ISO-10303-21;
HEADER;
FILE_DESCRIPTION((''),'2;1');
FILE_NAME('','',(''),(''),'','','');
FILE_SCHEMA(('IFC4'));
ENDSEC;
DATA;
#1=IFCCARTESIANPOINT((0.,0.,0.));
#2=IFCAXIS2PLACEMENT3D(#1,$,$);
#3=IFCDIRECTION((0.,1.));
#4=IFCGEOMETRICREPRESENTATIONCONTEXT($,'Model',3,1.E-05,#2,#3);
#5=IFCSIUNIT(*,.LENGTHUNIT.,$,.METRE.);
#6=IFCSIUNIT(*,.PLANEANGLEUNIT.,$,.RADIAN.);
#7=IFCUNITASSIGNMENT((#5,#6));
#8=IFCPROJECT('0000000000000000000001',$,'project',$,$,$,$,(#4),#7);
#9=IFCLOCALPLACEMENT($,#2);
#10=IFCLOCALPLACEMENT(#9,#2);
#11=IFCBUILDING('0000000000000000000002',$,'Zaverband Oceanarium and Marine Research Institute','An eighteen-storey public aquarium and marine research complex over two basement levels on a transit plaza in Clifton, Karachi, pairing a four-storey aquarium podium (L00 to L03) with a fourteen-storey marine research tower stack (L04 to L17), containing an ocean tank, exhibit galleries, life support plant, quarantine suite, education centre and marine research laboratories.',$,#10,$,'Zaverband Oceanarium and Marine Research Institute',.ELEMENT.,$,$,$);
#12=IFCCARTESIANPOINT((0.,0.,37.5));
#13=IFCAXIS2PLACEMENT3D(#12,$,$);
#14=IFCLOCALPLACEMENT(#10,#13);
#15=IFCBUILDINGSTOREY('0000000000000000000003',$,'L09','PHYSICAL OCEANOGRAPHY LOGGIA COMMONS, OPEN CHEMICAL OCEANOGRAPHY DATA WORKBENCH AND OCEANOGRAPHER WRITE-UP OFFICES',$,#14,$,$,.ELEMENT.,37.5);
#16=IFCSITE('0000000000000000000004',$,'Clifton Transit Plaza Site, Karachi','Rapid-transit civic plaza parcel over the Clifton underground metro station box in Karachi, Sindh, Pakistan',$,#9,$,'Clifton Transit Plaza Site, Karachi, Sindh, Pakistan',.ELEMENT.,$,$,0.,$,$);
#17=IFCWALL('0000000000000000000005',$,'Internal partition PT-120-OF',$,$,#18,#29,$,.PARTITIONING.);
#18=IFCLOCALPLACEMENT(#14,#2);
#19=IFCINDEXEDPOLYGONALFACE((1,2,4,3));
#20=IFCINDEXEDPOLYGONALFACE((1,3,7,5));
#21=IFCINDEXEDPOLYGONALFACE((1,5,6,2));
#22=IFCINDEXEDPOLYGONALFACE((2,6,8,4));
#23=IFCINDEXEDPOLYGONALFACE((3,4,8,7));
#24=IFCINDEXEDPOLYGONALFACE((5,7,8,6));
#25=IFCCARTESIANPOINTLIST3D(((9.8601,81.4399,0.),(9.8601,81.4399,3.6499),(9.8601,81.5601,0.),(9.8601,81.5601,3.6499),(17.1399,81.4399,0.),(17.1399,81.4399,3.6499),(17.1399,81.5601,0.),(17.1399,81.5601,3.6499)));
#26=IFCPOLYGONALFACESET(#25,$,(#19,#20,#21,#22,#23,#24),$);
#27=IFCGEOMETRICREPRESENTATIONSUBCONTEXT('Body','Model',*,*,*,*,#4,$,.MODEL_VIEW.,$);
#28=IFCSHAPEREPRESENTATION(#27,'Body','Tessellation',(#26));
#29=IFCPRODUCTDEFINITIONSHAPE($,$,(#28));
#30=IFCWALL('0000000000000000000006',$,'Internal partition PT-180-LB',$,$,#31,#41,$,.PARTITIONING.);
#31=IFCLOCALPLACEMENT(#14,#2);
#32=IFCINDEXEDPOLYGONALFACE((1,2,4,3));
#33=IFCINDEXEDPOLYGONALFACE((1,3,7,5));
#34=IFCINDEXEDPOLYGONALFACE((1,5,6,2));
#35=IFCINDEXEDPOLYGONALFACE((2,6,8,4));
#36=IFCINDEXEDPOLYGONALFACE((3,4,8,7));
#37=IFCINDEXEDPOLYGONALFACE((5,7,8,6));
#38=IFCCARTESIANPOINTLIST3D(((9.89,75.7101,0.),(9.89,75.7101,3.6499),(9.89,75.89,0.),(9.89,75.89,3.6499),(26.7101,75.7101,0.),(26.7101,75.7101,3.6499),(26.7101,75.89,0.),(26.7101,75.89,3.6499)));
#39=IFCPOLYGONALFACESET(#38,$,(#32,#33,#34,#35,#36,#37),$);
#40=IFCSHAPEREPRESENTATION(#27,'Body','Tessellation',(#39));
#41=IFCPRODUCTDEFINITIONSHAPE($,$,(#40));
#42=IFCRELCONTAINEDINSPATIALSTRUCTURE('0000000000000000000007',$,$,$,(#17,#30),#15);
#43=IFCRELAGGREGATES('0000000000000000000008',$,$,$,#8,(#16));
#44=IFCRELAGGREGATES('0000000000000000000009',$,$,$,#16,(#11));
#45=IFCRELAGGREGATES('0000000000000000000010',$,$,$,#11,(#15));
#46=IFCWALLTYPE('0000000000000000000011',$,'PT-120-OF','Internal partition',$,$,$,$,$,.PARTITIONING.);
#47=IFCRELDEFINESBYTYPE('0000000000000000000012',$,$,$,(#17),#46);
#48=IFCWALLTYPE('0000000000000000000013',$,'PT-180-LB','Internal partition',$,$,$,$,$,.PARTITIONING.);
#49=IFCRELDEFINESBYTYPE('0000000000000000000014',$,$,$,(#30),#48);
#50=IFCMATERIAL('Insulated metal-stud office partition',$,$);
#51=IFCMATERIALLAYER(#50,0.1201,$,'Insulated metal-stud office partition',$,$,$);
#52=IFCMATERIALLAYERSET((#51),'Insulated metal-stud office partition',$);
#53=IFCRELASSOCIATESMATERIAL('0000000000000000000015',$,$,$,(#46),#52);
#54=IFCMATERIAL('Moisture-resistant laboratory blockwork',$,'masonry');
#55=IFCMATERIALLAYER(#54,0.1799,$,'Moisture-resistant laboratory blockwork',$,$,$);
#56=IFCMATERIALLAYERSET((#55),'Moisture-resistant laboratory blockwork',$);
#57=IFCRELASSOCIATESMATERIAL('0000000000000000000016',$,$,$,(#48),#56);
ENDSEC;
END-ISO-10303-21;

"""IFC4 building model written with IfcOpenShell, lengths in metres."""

from ifc_helpers import new_model, si_unit, direction, frame, frame_2d, origin, place, context, subcontext, project, spatial, rectangle, extrude, material, layer, layer_set, type_object, element, save


model = new_model("IFC4")

# Units and contexts
model_context = context("Model", 3, precision=1e-05, world=origin(), true_north=direction((0.0, 1.0)))
body_context = subcontext(model_context, "Body", "Model", "MODEL_VIEW")
ifc_project = project(units=[si_unit("LENGTHUNIT", "METRE"), si_unit("PLANEANGLEUNIT", "RADIAN")], contexts=[model_context])

# Site, building, storey
site_placement = place(None, origin())
site = spatial("IfcSite", under=ifc_project, at=site_placement, Name="Clifton Transit Plaza Site, Karachi", Description="Rapid-transit civic plaza parcel over the Clifton underground metro station box in Karachi, Sindh, Pakistan", LongName="Clifton Transit Plaza Site, Karachi, Sindh, Pakistan", CompositionType="ELEMENT", RefElevation=0.0)
building_placement = place(site_placement, origin())
building = spatial("IfcBuilding", under=site, at=building_placement, Name="Zaverband Oceanarium and Marine Research Institute", Description="An eighteen-storey public aquarium and marine research complex over two basement levels on a transit plaza in Clifton, Karachi, pairing a four-storey aquarium podium (L00 to L03) with a fourteen-storey marine research tower stack (L04 to L17), containing an ocean tank, exhibit galleries, life support plant, quarantine suite, education centre and marine research laboratories.", LongName="Zaverband Oceanarium and Marine Research Institute", CompositionType="ELEMENT")
storey_placement = place(building_placement, frame((0.0, 0.0, 37.5)))
storey = spatial("IfcBuildingStorey", under=building, at=storey_placement, Name="L09", Description="PHYSICAL OCEANOGRAPHY LOGGIA COMMONS, OPEN CHEMICAL OCEANOGRAPHY DATA WORKBENCH AND OCEANOGRAPHER WRITE-UP OFFICES", CompositionType="ELEMENT", Elevation=37.5)

# Walls
ifc_material_1 = material(Name="Insulated metal-stud office partition")
ifc_layer_1 = layer(ifc_material_1, 0.1201, Name="Insulated metal-stud office partition")
ifc_layer_set_1 = layer_set([ifc_layer_1], Name="Insulated metal-stud office partition")
wall_type_1 = type_object("IfcWallType", Name="PT-120-OF", Description="Internal partition", PredefinedType="PARTITIONING", material=ifc_layer_set_1)
wall_1_placement = place(storey_placement, frame((9.8601, 81.5, 0.0), z_axis=(0.0, 0.0, 1.0), x_axis=(1.0, 0.0, 0.0)))
element("IfcWall", 1, at=wall_1_placement, inside=storey, type_object=wall_type_1, Name="Internal partition PT-120-OF", PredefinedType="PARTITIONING", context=body_context, shape_type="SweptSolid", body=[
    extrude(rectangle(XDim=7.2798, YDim=0.1201, at=frame_2d((3.6399, 0.0))), origin(), (0.0, 0.0, 1.0), 3.6499),
])
ifc_material_2 = material(Name="Moisture-resistant laboratory blockwork", Category="masonry")
ifc_layer_2 = layer(ifc_material_2, 0.1799, Name="Moisture-resistant laboratory blockwork")
ifc_layer_set_2 = layer_set([ifc_layer_2], Name="Moisture-resistant laboratory blockwork")
wall_type_2 = type_object("IfcWallType", Name="PT-180-LB", Description="Internal partition", PredefinedType="PARTITIONING", material=ifc_layer_set_2)
wall_2_placement = place(storey_placement, frame((9.8899, 75.8, 0.0), z_axis=(0.0, 0.0, 1.0), x_axis=(1.0, 0.0, 0.0)))
element("IfcWall", 2, at=wall_2_placement, inside=storey, type_object=wall_type_2, Name="Internal partition PT-180-LB", PredefinedType="PARTITIONING", context=body_context, shape_type="SweptSolid", body=[
    extrude(rectangle(XDim=16.8201, YDim=0.1799, at=frame_2d((8.4102, 0.0))), origin(), (0.0, 0.0, 1.0), 3.6499),
])

save(model, "model.ifc")
